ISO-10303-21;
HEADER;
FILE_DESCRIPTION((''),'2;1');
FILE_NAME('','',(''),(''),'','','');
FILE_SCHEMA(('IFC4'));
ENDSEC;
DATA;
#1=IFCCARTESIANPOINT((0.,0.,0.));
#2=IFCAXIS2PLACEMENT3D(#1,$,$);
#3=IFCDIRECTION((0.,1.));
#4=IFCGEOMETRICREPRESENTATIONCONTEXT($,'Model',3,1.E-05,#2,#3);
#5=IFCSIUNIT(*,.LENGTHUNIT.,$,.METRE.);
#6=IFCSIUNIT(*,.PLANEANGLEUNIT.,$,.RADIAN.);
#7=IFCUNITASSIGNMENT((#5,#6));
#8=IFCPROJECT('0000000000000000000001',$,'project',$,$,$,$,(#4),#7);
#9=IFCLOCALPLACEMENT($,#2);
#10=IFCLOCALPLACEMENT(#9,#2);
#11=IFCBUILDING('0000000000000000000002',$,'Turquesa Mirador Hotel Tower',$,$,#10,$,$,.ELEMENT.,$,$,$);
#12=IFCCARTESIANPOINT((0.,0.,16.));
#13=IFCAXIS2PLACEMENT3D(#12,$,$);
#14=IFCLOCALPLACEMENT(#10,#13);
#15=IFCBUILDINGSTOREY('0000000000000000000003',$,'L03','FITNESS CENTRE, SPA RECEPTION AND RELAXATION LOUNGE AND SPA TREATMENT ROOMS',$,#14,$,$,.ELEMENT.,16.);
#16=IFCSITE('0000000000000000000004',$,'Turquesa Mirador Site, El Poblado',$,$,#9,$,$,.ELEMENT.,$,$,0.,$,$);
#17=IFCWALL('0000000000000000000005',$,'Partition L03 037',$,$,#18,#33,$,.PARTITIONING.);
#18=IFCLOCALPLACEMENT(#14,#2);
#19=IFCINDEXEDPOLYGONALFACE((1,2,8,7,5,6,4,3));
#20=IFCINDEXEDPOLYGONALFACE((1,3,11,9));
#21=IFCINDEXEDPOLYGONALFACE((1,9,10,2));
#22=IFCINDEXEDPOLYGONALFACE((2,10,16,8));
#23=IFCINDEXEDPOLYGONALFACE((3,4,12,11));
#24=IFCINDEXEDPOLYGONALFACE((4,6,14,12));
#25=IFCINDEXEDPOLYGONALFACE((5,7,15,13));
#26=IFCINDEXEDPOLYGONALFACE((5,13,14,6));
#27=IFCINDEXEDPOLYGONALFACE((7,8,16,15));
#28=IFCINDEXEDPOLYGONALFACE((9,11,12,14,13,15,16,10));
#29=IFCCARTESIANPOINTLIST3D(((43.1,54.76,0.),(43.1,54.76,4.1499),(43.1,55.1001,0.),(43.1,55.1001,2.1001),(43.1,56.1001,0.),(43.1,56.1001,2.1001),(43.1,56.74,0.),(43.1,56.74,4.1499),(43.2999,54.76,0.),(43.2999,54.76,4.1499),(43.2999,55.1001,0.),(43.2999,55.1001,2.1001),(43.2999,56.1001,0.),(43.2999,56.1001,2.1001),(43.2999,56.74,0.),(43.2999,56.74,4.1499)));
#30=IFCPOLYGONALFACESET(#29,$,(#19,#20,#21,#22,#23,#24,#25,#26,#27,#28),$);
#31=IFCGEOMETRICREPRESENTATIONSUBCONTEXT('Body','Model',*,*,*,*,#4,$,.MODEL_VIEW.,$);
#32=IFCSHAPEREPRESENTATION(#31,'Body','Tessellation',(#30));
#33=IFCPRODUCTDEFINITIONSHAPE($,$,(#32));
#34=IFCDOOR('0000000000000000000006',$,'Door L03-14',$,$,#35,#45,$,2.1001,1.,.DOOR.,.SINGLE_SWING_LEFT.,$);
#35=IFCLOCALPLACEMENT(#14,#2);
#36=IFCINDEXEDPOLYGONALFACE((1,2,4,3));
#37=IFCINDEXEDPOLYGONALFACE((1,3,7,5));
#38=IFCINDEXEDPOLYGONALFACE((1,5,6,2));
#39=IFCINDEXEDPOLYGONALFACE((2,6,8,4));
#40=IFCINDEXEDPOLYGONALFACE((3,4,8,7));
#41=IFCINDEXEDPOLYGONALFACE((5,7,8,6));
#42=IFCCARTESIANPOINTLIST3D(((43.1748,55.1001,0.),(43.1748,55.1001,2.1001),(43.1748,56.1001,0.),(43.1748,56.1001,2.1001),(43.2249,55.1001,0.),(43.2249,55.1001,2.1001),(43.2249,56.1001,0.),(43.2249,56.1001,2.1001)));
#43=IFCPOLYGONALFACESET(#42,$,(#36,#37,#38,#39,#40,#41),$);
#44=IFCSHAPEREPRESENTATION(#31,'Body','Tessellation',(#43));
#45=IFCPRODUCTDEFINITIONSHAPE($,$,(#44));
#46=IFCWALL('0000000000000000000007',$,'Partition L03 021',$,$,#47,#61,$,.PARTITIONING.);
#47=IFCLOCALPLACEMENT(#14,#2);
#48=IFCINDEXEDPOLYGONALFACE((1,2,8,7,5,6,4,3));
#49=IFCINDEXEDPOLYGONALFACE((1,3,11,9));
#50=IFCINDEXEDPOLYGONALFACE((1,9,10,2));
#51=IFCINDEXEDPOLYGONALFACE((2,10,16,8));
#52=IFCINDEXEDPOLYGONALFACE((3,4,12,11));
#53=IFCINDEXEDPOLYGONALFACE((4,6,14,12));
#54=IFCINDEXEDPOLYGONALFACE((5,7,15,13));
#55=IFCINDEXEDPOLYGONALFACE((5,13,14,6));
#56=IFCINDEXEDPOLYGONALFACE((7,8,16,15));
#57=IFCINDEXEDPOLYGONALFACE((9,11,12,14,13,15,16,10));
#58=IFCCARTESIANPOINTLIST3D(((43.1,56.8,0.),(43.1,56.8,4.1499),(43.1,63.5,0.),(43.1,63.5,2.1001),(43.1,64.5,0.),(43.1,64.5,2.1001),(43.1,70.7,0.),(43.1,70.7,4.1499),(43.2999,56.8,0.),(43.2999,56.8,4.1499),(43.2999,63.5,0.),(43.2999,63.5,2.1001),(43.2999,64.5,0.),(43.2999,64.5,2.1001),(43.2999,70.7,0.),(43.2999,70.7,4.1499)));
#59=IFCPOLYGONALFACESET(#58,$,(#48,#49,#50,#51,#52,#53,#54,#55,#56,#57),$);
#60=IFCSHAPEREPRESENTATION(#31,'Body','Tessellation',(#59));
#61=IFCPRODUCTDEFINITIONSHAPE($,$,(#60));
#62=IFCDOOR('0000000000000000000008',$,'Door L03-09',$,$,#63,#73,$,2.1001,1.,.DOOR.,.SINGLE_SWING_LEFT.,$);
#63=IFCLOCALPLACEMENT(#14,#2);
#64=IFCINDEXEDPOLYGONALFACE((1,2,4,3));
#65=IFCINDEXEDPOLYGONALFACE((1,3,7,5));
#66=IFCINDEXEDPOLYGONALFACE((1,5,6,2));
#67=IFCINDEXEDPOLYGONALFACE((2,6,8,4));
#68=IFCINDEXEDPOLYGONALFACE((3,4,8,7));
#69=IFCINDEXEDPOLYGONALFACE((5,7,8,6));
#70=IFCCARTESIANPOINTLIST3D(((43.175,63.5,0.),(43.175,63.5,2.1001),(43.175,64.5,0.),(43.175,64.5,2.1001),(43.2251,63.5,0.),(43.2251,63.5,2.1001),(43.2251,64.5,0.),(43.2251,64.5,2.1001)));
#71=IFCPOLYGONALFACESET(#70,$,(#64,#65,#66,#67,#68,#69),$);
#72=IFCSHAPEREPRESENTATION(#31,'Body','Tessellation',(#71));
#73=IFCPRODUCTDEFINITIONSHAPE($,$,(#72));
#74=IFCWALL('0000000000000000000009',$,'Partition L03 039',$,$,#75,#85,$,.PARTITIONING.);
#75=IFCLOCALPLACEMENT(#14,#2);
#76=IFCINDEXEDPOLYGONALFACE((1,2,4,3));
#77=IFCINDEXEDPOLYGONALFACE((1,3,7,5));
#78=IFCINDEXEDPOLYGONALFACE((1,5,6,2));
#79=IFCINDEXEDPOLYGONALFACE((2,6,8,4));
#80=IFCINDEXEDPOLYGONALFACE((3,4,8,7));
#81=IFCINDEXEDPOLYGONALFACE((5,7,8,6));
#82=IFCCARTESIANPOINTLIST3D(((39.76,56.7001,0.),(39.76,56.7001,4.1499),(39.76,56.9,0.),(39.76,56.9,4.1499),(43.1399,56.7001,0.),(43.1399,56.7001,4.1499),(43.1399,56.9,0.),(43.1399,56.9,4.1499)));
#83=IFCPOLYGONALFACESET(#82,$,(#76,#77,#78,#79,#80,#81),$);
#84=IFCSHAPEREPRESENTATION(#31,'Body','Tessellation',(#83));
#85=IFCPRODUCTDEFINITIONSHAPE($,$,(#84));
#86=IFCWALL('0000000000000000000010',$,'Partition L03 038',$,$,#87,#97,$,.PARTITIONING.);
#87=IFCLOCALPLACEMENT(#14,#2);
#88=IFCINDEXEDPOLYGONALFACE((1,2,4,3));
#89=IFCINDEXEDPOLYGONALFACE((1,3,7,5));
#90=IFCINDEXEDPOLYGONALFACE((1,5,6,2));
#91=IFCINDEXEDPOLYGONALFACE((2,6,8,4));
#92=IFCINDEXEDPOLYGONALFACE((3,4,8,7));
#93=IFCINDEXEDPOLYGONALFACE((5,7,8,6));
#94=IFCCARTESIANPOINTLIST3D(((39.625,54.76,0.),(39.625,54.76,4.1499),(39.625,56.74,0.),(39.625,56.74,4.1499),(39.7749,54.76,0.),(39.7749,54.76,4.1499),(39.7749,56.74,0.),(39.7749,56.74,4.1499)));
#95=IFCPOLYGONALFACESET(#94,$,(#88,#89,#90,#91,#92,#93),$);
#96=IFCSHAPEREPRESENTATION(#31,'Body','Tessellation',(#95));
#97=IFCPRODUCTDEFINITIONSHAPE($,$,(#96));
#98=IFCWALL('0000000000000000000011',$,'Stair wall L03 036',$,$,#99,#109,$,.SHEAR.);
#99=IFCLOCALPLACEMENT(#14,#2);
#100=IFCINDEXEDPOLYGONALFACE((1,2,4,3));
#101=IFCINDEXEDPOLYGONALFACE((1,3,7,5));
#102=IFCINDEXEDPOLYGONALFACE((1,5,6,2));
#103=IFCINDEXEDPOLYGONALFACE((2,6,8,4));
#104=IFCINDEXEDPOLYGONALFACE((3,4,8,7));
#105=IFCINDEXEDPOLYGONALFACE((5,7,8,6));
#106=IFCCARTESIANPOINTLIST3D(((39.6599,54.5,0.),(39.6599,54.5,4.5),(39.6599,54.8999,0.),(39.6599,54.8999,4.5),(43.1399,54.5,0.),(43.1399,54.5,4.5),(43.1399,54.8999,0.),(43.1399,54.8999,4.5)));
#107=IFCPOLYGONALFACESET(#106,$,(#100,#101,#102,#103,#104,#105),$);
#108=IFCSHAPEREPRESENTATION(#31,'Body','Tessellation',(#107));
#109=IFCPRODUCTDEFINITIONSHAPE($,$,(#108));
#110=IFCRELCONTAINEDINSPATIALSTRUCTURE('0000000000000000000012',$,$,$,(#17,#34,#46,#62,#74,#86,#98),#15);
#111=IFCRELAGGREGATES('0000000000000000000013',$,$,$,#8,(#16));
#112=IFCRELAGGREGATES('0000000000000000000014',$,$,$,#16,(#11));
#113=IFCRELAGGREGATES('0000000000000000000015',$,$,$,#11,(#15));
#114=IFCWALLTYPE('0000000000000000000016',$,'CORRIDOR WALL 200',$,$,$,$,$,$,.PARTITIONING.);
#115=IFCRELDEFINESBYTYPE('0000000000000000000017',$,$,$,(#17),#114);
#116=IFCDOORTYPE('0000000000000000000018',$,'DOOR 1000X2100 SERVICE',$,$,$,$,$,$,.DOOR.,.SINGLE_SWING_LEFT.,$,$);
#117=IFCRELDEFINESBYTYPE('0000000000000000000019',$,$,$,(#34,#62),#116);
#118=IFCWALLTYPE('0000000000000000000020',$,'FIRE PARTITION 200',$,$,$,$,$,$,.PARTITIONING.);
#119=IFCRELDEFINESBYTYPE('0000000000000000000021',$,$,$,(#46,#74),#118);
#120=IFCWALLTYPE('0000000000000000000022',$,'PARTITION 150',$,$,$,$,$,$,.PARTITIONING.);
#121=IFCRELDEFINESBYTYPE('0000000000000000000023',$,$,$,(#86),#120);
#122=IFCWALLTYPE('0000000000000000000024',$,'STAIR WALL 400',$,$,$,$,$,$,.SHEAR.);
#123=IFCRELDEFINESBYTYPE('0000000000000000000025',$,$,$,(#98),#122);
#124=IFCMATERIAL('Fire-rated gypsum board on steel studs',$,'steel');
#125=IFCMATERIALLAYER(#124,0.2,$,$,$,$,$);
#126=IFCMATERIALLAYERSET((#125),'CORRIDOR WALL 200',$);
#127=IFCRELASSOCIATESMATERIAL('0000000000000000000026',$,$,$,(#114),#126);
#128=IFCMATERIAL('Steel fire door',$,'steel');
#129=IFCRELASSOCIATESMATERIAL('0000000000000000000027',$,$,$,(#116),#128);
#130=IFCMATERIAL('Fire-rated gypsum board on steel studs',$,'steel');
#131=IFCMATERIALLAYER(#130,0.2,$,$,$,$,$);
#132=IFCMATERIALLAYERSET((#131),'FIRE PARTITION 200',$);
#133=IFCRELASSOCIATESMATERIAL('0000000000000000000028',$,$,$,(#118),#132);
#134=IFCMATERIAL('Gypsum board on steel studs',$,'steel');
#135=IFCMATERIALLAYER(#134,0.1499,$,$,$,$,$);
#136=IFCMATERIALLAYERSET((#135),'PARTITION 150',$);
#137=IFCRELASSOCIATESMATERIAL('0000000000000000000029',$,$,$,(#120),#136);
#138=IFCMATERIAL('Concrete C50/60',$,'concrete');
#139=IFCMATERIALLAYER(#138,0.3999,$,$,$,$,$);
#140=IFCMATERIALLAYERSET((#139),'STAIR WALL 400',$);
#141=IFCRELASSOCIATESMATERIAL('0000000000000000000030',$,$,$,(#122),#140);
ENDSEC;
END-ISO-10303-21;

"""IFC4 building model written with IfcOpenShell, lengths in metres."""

from ifc_helpers import new_model, si_unit, direction, frame, frame_2d, origin, place, context, subcontext, project, spatial, rectangle, extrude, material, layer, layer_set, type_object, element, fill, save


model = new_model("IFC4")

# Units and contexts
model_context = context("Model", 3, precision=1e-05, world=origin(), true_north=direction((0.0, 1.0)))
body_context = subcontext(model_context, "Body", "Model", "MODEL_VIEW")
ifc_project = project(units=[si_unit("LENGTHUNIT", "METRE"), si_unit("PLANEANGLEUNIT", "RADIAN")], contexts=[model_context])

# Site, building, storey
site_placement = place(None, origin())
site = spatial("IfcSite", under=ifc_project, at=site_placement, Name="Turquesa Mirador Site, El Poblado", CompositionType="ELEMENT", RefElevation=0.0)
building_placement = place(site_placement, origin())
building = spatial("IfcBuilding", under=site, at=building_placement, Name="Turquesa Mirador Hotel Tower", CompositionType="ELEMENT")
storey_placement = place(building_placement, frame((0.0, 0.0, 16.0)))
storey = spatial("IfcBuildingStorey", under=building, at=storey_placement, Name="L03", Description="FITNESS CENTRE, SPA RECEPTION AND RELAXATION LOUNGE AND SPA TREATMENT ROOMS", CompositionType="ELEMENT", Elevation=16.0)

# Walls, openings, doors
ifc_material_1 = material(Name="Fire-rated gypsum board on steel studs", Category="steel")
ifc_layer_1 = layer(ifc_material_1, 0.2)
ifc_layer_set_1 = layer_set([ifc_layer_1], Name="CORRIDOR WALL 200")
wall_type_1 = type_object("IfcWallType", Name="CORRIDOR WALL 200", PredefinedType="PARTITIONING", material=ifc_layer_set_1)
ifc_material_2 = material(Name="Steel fire door", Category="steel")
door_type = type_object("IfcDoorType", Name="DOOR 1000X2100 SERVICE", OperationType="SINGLE_SWING_LEFT", PredefinedType="DOOR", material=ifc_material_2)
wall_1_placement = place(storey_placement, frame((43.2, 56.74, 0.0), z_axis=(0.0, 0.0, 1.0), x_axis=(0.0, -1.0, 0.0)))
wall_1 = element("IfcWall", 1, at=wall_1_placement, inside=storey, type_object=wall_type_1, Name="Partition L03 037", PredefinedType="PARTITIONING", context=body_context, shape_type="SweptSolid", body=[
    extrude(rectangle(XDim=1.98, YDim=0.2, at=frame_2d((0.99, 0.0))), origin(), (0.0, 0.0, 1.0), 4.1499),
])
opening_1_placement = place(wall_1_placement, frame((0.6399, 0.0, 0.0)))
opening_1 = element("IfcOpeningElement", 2, at=opening_1_placement, cuts=wall_1, PredefinedType="OPENING", context=body_context, shape_type="SweptSolid", body=[
    extrude(rectangle(XDim=1.0, YDim=2.1001, at=frame_2d((0.5, 1.05))), frame((0.0, 0.1099, 0.0), z_axis=(0.0, -1.0, 0.0), x_axis=(1.0, 0.0, 0.0)), (0.0, 0.0, 1.0), 0.22),
])
door_1_placement = place(opening_1_placement, origin())
door_1 = element("IfcDoor", 3, at=door_1_placement, inside=storey, type_object=door_type, Name="Door L03-14", OperationType="SINGLE_SWING_LEFT", OverallHeight=2.1001, OverallWidth=1.0, PredefinedType="DOOR", context=body_context, shape_type="SweptSolid", body=[
    extrude(rectangle(XDim=1.0, YDim=2.1001, at=frame_2d((0.5, 1.05))), frame((0.0, 0.0249, 0.0), z_axis=(0.0, -1.0, 0.0), x_axis=(1.0, 0.0, 0.0)), (0.0, 0.0, 1.0), 0.05),
])
fill(opening_1, door_1)
ifc_material_3 = material(Name="Fire-rated gypsum board on steel studs", Category="steel")
ifc_layer_2 = layer(ifc_material_3, 0.2)
ifc_layer_set_2 = layer_set([ifc_layer_2], Name="FIRE PARTITION 200")
wall_type_2 = type_object("IfcWallType", Name="FIRE PARTITION 200", PredefinedType="PARTITIONING", material=ifc_layer_set_2)
wall_2_placement = place(storey_placement, frame((43.2, 56.8, 0.0), z_axis=(0.0, 0.0, 1.0), x_axis=(0.0, 1.0, 0.0)))
wall_2 = element("IfcWall", 4, at=wall_2_placement, inside=storey, type_object=wall_type_2, Name="Partition L03 021", PredefinedType="PARTITIONING", context=body_context, shape_type="SweptSolid", body=[
    extrude(rectangle(XDim=13.8999, YDim=0.2, at=frame_2d((6.95, 0.0))), origin(), (0.0, 0.0, 1.0), 4.1499),
])
opening_2_placement = place(wall_2_placement, frame((6.7, 0.0, 0.0)))
opening_2 = element("IfcOpeningElement", 5, at=opening_2_placement, cuts=wall_2, PredefinedType="OPENING", context=body_context, shape_type="SweptSolid", body=[
    extrude(rectangle(XDim=1.0, YDim=2.1001, at=frame_2d((0.5, 1.05))), frame((0.0, 0.1099, 0.0), z_axis=(0.0, -1.0, 0.0), x_axis=(1.0, 0.0, 0.0)), (0.0, 0.0, 1.0), 0.22),
])
door_2_placement = place(opening_2_placement, origin())
door_2 = element("IfcDoor", 6, at=door_2_placement, inside=storey, type_object=door_type, Name="Door L03-09", OperationType="SINGLE_SWING_LEFT", OverallHeight=2.1001, OverallWidth=1.0, PredefinedType="DOOR", context=body_context, shape_type="SweptSolid", body=[
    extrude(rectangle(XDim=1.0, YDim=2.1001, at=frame_2d((0.5, 1.05))), frame((0.0, 0.0249, 0.0), z_axis=(0.0, -1.0, 0.0), x_axis=(1.0, 0.0, 0.0)), (0.0, 0.0, 1.0), 0.05),
])
fill(opening_2, door_2)

# Walls
wall_3_placement = place(storey_placement, frame((39.76, 56.8, 0.0), z_axis=(0.0, 0.0, 1.0), x_axis=(1.0, 0.0, 0.0)))
element("IfcWall", 7, at=wall_3_placement, inside=storey, type_object=wall_type_2, Name="Partition L03 039", PredefinedType="PARTITIONING", context=body_context, shape_type="SweptSolid", body=[
    extrude(rectangle(XDim=3.3799, YDim=0.2, at=frame_2d((1.6899, 0.0))), origin(), (0.0, 0.0, 1.0), 4.1499),
])
ifc_material_4 = material(Name="Gypsum board on steel studs", Category="steel")
ifc_layer_3 = layer(ifc_material_4, 0.1499)
ifc_layer_set_3 = layer_set([ifc_layer_3], Name="PARTITION 150")
wall_type_3 = type_object("IfcWallType", Name="PARTITION 150", PredefinedType="PARTITIONING", material=ifc_layer_set_3)
wall_4_placement = place(storey_placement, frame((39.7, 54.76, 0.0), z_axis=(0.0, 0.0, 1.0), x_axis=(0.0, 1.0, 0.0)))
element("IfcWall", 8, at=wall_4_placement, inside=storey, type_object=wall_type_3, Name="Partition L03 038", PredefinedType="PARTITIONING", context=body_context, shape_type="SweptSolid", body=[
    extrude(rectangle(XDim=1.98, YDim=0.1499, at=frame_2d((0.99, 0.0))), origin(), (0.0, 0.0, 1.0), 4.1499),
])
ifc_material_5 = material(Name="Concrete C50/60", Category="concrete")
ifc_layer_4 = layer(ifc_material_5, 0.3999)
ifc_layer_set_4 = layer_set([ifc_layer_4], Name="STAIR WALL 400")
wall_type_4 = type_object("IfcWallType", Name="STAIR WALL 400", PredefinedType="SHEAR", material=ifc_layer_set_4)
wall_5_placement = place(storey_placement, frame((43.1399, 54.7, 0.0), z_axis=(0.0, 0.0, 1.0), x_axis=(-1.0, 0.0, 0.0)))
element("IfcWall", 9, at=wall_5_placement, inside=storey, type_object=wall_type_4, Name="Stair wall L03 036", PredefinedType="SHEAR", context=body_context, shape_type="SweptSolid", body=[
    extrude(rectangle(XDim=3.48, YDim=0.3999, at=frame_2d((1.74, 0.0))), origin(), (0.0, 0.0, 1.0), 4.5),
])

save(model, "model.ifc")
